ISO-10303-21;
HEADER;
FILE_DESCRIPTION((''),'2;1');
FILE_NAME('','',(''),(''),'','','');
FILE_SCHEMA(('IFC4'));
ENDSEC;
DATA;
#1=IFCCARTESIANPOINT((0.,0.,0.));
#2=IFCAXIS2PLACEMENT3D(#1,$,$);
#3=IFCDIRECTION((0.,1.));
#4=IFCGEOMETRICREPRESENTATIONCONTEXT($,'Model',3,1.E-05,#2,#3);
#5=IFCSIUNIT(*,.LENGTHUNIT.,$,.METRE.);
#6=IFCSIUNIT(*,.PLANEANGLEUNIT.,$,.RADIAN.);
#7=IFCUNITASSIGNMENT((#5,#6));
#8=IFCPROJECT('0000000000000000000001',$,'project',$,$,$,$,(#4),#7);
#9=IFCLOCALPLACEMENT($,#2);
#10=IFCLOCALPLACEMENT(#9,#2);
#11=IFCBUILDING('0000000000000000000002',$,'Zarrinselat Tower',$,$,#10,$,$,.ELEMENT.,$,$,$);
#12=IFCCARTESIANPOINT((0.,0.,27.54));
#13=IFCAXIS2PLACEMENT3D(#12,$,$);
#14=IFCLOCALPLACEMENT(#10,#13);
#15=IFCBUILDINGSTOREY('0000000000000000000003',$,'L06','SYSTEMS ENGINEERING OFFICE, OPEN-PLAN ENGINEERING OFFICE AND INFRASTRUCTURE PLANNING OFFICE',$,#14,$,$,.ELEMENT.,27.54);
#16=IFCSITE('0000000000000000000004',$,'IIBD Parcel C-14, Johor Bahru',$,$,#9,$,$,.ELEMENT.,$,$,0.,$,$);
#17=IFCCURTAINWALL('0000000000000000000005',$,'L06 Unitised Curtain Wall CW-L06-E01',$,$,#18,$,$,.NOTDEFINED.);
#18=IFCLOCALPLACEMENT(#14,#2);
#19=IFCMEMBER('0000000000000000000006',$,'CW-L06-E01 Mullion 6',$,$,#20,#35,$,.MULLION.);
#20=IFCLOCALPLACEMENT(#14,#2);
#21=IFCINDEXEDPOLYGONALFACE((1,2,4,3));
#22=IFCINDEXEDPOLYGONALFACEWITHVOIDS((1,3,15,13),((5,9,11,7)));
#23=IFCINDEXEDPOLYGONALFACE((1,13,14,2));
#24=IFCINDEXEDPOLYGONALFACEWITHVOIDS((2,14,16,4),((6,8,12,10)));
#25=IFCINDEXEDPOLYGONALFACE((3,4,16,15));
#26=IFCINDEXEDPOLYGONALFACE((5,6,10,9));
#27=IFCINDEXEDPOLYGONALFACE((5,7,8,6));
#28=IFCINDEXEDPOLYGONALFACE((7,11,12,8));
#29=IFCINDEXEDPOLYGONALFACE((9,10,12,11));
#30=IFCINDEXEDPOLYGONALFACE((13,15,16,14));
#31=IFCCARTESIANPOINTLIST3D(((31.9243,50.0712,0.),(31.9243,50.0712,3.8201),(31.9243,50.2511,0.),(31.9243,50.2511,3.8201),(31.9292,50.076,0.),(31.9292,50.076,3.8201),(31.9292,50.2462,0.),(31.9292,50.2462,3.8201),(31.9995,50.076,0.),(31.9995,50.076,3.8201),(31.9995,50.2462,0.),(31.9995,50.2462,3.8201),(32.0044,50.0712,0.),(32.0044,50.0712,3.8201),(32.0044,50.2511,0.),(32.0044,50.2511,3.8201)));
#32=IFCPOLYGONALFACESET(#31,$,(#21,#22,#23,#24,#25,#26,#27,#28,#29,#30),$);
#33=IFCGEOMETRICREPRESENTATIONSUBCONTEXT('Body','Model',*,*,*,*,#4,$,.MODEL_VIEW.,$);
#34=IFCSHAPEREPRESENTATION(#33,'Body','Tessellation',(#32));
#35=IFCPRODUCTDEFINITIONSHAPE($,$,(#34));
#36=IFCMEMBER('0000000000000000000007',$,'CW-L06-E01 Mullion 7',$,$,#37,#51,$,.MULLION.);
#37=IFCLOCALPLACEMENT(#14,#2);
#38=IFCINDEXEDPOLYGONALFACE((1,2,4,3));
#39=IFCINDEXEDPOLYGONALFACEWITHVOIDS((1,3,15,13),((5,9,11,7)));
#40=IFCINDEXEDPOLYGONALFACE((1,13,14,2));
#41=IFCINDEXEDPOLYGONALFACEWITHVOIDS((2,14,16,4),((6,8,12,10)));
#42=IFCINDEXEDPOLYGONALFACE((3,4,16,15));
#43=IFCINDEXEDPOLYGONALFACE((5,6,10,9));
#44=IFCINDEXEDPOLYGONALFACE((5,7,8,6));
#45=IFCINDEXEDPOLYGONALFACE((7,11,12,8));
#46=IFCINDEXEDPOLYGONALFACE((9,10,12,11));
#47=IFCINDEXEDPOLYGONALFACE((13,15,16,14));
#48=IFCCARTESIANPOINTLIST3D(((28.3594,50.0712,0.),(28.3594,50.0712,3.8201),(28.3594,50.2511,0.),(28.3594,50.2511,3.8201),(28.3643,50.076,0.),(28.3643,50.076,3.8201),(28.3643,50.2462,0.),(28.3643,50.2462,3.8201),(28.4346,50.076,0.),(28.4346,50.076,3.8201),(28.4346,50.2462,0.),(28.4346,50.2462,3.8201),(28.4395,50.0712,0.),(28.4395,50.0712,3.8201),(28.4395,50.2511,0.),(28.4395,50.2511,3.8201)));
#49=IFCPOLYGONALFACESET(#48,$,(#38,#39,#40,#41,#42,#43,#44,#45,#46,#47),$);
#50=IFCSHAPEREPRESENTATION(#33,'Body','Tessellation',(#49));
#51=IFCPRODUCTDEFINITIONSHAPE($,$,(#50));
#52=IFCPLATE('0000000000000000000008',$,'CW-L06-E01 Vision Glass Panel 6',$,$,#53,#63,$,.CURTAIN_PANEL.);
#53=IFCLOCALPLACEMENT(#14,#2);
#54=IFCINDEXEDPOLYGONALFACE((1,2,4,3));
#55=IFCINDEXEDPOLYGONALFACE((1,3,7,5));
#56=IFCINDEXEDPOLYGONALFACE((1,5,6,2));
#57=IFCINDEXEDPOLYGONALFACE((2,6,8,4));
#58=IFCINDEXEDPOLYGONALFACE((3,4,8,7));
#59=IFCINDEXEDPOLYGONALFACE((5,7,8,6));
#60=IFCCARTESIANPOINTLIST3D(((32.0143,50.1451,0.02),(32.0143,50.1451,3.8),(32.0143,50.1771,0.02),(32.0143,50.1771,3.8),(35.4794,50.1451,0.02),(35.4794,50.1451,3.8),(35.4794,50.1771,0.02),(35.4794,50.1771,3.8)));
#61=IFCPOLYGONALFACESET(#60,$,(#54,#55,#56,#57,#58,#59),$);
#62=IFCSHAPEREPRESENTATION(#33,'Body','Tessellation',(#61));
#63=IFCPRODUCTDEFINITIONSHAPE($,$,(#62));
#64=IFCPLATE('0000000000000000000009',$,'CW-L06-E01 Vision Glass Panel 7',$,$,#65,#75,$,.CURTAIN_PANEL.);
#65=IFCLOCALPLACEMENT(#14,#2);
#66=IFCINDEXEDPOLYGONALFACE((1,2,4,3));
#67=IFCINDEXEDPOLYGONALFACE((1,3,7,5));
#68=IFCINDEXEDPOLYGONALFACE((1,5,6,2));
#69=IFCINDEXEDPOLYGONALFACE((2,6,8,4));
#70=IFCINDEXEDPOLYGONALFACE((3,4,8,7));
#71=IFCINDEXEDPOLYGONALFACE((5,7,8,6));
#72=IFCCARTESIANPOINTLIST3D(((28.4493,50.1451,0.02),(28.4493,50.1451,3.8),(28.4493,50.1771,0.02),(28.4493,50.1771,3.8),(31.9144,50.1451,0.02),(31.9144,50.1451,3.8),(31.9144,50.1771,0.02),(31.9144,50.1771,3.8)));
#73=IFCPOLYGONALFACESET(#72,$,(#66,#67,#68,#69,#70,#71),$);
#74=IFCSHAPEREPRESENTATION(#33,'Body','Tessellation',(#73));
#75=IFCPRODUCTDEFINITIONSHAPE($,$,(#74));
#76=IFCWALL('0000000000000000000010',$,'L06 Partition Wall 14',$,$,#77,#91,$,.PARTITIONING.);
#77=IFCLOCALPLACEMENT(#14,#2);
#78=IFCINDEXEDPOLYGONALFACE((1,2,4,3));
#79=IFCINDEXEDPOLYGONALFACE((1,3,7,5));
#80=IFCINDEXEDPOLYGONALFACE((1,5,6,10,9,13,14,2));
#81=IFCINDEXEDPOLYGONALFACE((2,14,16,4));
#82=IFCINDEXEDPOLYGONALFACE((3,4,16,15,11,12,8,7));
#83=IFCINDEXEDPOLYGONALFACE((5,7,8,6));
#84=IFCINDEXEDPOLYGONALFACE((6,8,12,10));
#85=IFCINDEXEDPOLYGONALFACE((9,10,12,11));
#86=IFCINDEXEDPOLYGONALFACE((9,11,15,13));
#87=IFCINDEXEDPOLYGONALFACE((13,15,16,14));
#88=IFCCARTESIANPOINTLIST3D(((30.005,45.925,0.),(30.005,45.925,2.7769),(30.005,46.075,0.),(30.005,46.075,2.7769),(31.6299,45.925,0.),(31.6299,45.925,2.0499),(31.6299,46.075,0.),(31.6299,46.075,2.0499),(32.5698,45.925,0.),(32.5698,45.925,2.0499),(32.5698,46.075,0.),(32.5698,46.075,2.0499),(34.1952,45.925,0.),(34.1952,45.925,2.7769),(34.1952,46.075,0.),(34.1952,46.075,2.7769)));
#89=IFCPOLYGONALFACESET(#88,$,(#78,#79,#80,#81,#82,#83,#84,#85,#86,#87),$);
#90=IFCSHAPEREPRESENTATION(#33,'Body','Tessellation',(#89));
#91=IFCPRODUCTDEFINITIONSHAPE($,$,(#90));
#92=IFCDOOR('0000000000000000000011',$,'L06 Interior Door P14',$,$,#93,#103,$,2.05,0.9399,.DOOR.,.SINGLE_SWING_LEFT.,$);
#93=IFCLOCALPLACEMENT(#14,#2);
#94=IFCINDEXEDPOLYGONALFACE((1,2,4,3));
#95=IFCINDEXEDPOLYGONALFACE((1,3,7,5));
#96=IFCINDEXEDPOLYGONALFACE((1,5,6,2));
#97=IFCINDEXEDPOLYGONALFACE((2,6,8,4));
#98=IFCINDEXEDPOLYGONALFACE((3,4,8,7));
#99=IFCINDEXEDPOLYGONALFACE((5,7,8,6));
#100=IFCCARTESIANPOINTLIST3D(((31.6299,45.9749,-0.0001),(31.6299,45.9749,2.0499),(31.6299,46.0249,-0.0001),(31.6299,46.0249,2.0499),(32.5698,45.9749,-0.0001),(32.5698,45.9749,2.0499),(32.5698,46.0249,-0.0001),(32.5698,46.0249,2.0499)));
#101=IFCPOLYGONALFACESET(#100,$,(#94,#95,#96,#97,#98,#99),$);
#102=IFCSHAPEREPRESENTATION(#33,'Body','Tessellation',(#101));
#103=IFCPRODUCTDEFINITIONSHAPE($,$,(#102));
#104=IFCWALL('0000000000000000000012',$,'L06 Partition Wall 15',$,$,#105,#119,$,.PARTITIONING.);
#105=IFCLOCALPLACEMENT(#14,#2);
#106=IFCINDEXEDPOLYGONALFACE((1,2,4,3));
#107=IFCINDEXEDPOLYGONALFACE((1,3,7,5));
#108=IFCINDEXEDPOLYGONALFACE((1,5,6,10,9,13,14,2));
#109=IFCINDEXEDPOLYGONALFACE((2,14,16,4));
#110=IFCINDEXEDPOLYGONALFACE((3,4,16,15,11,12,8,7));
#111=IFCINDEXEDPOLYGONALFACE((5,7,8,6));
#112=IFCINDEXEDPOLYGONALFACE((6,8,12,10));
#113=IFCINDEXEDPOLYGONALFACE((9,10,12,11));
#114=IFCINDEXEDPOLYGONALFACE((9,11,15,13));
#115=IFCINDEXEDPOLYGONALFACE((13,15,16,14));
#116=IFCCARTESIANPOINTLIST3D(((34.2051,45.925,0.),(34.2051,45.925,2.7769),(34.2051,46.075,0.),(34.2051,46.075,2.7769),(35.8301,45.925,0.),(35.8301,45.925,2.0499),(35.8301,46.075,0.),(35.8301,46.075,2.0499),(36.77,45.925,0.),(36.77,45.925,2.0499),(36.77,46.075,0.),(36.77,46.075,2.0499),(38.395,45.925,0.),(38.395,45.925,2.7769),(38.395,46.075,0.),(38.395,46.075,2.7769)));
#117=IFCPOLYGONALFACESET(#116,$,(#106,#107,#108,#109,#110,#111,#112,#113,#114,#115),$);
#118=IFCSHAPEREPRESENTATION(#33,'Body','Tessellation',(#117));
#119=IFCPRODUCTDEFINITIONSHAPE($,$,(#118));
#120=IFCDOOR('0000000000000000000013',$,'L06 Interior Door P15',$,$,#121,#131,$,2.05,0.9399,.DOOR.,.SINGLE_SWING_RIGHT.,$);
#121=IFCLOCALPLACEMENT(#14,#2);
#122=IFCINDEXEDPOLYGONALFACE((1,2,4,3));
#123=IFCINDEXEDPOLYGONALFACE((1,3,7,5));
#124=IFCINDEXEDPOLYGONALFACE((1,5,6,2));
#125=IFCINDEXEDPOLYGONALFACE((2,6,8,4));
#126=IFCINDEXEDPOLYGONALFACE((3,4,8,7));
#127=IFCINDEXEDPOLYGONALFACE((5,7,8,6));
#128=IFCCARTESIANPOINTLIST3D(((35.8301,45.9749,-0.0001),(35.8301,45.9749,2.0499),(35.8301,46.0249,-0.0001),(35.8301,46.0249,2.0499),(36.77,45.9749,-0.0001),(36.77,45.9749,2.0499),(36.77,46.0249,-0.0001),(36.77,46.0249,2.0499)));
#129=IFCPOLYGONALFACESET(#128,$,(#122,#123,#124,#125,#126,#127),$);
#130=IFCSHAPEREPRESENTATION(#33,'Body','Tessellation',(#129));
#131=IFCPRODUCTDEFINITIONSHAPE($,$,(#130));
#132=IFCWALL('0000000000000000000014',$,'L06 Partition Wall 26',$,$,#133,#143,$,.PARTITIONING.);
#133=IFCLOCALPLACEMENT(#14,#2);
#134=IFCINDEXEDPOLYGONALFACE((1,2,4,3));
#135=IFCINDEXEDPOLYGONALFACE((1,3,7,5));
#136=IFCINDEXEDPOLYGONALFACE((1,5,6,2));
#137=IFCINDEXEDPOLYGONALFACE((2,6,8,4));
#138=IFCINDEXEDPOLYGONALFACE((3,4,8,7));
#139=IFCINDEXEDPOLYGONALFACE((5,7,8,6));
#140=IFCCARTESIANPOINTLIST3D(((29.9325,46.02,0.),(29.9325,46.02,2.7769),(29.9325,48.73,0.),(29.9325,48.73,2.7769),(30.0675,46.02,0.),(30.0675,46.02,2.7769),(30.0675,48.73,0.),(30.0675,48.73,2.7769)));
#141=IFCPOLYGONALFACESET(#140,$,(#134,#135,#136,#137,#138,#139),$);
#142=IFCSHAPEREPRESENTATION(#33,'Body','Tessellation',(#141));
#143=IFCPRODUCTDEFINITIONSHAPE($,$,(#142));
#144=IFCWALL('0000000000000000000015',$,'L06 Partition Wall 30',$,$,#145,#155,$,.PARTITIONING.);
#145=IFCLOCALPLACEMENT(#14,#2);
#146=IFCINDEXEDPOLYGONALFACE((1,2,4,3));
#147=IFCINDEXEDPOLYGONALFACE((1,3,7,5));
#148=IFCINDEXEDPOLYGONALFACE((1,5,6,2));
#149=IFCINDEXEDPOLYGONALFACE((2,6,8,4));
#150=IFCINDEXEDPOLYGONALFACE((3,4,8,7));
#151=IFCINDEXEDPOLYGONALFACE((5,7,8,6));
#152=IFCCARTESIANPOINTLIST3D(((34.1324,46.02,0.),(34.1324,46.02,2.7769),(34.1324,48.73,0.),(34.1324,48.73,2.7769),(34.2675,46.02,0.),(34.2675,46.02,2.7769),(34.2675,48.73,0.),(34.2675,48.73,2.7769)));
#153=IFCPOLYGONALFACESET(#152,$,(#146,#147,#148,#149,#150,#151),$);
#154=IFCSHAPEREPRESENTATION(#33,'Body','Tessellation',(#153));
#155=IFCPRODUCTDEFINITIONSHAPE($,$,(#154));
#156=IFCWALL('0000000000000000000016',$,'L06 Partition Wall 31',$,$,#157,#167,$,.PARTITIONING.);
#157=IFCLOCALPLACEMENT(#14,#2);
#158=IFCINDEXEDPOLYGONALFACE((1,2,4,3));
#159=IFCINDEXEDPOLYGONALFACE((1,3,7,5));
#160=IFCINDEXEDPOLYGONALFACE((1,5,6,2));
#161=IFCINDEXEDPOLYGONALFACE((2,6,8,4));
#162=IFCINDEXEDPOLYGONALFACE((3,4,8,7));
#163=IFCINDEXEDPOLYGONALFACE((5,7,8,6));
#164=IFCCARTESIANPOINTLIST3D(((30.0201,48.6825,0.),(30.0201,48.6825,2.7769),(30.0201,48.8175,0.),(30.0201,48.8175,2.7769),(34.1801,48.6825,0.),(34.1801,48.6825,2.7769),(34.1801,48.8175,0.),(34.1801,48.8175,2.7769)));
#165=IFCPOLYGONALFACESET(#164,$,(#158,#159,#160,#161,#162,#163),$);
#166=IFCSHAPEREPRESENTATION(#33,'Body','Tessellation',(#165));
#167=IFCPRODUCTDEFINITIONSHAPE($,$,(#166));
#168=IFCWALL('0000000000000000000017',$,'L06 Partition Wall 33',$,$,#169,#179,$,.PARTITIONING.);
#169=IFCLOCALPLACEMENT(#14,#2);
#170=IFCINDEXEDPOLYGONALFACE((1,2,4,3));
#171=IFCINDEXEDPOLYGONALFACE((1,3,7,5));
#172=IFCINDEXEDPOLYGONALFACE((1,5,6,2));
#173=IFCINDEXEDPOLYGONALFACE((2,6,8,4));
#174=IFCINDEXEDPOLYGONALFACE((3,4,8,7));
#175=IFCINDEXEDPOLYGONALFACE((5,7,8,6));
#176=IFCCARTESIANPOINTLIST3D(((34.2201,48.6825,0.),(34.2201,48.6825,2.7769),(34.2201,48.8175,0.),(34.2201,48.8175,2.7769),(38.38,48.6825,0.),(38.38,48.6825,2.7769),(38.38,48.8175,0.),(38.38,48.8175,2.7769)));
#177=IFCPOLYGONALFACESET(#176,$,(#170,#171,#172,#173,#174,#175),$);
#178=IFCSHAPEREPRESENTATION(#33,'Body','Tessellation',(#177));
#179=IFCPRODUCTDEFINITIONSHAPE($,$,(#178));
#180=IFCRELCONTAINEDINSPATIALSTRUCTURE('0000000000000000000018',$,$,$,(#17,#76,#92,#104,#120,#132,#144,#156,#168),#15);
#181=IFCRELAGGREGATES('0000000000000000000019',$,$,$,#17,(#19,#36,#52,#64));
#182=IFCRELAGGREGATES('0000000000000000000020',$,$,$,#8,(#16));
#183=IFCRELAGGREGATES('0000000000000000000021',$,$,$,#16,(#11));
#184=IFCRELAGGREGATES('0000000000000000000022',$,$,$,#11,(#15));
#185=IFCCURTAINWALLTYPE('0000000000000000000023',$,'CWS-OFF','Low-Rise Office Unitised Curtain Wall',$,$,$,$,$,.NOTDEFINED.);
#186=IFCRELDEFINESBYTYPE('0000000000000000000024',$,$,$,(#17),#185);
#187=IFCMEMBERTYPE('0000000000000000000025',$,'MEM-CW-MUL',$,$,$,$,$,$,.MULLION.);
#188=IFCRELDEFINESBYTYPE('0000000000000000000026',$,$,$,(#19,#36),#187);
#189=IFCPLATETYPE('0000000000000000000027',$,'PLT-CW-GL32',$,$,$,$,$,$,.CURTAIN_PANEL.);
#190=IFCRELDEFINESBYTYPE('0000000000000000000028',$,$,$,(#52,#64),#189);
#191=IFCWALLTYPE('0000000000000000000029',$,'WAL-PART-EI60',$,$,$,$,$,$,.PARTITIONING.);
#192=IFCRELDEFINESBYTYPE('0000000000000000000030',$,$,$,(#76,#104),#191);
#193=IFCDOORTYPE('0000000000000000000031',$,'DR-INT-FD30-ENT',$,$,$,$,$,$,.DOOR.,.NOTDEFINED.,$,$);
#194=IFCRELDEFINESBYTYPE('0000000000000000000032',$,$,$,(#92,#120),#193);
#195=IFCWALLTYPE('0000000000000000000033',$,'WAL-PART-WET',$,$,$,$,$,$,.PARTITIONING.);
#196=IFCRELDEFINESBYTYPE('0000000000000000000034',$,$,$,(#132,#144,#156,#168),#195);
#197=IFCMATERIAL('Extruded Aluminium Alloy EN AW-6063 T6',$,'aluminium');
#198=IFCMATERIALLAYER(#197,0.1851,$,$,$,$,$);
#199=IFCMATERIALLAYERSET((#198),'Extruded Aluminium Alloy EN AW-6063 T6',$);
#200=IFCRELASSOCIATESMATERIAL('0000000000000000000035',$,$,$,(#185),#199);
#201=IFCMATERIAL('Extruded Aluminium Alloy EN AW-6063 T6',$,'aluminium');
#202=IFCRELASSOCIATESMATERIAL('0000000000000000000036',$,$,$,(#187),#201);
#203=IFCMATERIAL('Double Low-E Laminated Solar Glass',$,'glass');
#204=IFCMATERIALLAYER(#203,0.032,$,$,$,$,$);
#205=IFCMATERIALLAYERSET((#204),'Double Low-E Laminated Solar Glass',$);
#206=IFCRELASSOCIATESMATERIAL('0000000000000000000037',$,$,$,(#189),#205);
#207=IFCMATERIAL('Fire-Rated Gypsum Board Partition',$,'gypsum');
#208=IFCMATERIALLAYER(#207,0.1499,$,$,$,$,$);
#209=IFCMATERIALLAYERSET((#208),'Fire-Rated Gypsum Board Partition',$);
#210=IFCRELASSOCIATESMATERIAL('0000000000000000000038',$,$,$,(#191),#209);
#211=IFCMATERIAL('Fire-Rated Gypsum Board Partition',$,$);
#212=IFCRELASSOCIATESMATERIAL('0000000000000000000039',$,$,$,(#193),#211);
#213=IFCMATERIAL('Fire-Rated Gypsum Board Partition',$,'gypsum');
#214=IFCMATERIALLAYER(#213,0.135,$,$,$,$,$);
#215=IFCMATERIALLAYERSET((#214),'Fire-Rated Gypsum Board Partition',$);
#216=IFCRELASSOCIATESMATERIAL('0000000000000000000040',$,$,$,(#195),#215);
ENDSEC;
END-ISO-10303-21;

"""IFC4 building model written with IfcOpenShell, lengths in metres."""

from ifc_helpers import new_model, si_unit, direction, frame, frame_2d, origin, origin_2d, place, context, subcontext, project, spatial, rectangle, hollow_rectangle, extrude, material, layer, layer_set, material_profile, profile_set, type_object, element, fill, aggregate, save


model = new_model("IFC4")

# Units and contexts
model_context = context("Model", 3, precision=1e-05, world=origin(), true_north=direction((0.0, 1.0)))
body_context = subcontext(model_context, "Body", "Model", "MODEL_VIEW")
ifc_project = project(units=[si_unit("LENGTHUNIT", "METRE"), si_unit("PLANEANGLEUNIT", "RADIAN")], contexts=[model_context])

# Site, building, storey
site_placement = place(None, origin())
site = spatial("IfcSite", under=ifc_project, at=site_placement, Name="IIBD Parcel C-14, Johor Bahru", CompositionType="ELEMENT", RefElevation=0.0)
building_placement = place(site_placement, origin())
building = spatial("IfcBuilding", under=site, at=building_placement, Name="Zarrinselat Tower", CompositionType="ELEMENT")
storey_placement = place(building_placement, frame((0.0, 0.0, 27.54)))
storey = spatial("IfcBuildingStorey", under=building, at=storey_placement, Name="L06", Description="SYSTEMS ENGINEERING OFFICE, OPEN-PLAN ENGINEERING OFFICE AND INFRASTRUCTURE PLANNING OFFICE", CompositionType="ELEMENT", Elevation=27.54)

# Curtain wall, members, plates
ifc_material_1 = material(Name="Extruded Aluminium Alloy EN AW-6063 T6", Category="aluminium")
ifc_layer_1 = layer(ifc_material_1, 0.1851)
ifc_layer_set_1 = layer_set([ifc_layer_1], Name="Extruded Aluminium Alloy EN AW-6063 T6")
curtain_wall_type = type_object("IfcCurtainWallType", Name="CWS-OFF", Description="Low-Rise Office Unitised Curtain Wall", PredefinedType="NOTDEFINED", material=ifc_layer_set_1)
curtain_wall_placement = place(storey_placement, origin())
curtain_wall = element("IfcCurtainWall", 1, at=curtain_wall_placement, inside=storey, type_object=curtain_wall_type, Name="L06 Unitised Curtain Wall CW-L06-E01", PredefinedType="NOTDEFINED")
ifc_material_2 = material(Name="Extruded Aluminium Alloy EN AW-6063 T6", Category="aluminium")
ifc_material_profile_1 = material_profile(ifc_material_2, hollow_rectangle(XDim=0.0801, YDim=0.1799, WallThickness=0.0049, at=origin_2d()), Name="RHS 180x80x5")
ifc_profile_set_1 = profile_set([ifc_material_profile_1], Name="Extruded Aluminium Alloy EN AW-6063 T6")
member_type = type_object("IfcMemberType", Name="MEM-CW-MUL", PredefinedType="MULLION", material=ifc_profile_set_1)
member_1_placement = place(storey_placement, frame((31.9644, 50.1611, 0.0), z_axis=(0.0, 0.0, 1.0), x_axis=(-1.0, 0.0, 0.0)))
member_1 = element("IfcMember", 2, at=member_1_placement, type_object=member_type, Name="CW-L06-E01 Mullion 6", PredefinedType="MULLION", context=body_context, shape_type="SweptSolid", body=[
    extrude(hollow_rectangle(XDim=0.0801, YDim=0.1799, WallThickness=0.0049, at=origin_2d()), origin(), (0.0, 0.0, 1.0), 3.8201),
])
member_2_placement = place(storey_placement, frame((28.3994, 50.1611, 0.0), z_axis=(0.0, 0.0, 1.0), x_axis=(-1.0, 0.0, 0.0)))
member_2 = element("IfcMember", 3, at=member_2_placement, type_object=member_type, Name="CW-L06-E01 Mullion 7", PredefinedType="MULLION", context=body_context, shape_type="SweptSolid", body=[
    extrude(hollow_rectangle(XDim=0.0801, YDim=0.1799, WallThickness=0.0049, at=origin_2d()), origin(), (0.0, 0.0, 1.0), 3.8201),
])
ifc_material_3 = material(Name="Double Low-E Laminated Solar Glass", Category="glass")
ifc_layer_2 = layer(ifc_material_3, 0.032)
ifc_layer_set_2 = layer_set([ifc_layer_2], Name="Double Low-E Laminated Solar Glass")
plate_type = type_object("IfcPlateType", Name="PLT-CW-GL32", PredefinedType="CURTAIN_PANEL", material=ifc_layer_set_2)
plate_1_placement = place(storey_placement, frame((33.7468, 50.1611, 0.02), z_axis=(0.0, 0.0, 1.0), x_axis=(-1.0, 0.0, 0.0)))
plate_1 = element("IfcPlate", 4, at=plate_1_placement, type_object=plate_type, Name="CW-L06-E01 Vision Glass Panel 6", PredefinedType="CURTAIN_PANEL", context=body_context, shape_type="SweptSolid", body=[
    extrude(rectangle(XDim=3.4651, YDim=0.032, at=origin_2d()), origin(), (0.0, 0.0, 1.0), 3.78),
])
plate_2_placement = place(storey_placement, frame((30.1819, 50.1611, 0.02), z_axis=(0.0, 0.0, 1.0), x_axis=(-1.0, 0.0, 0.0)))
plate_2 = element("IfcPlate", 5, at=plate_2_placement, type_object=plate_type, Name="CW-L06-E01 Vision Glass Panel 7", PredefinedType="CURTAIN_PANEL", context=body_context, shape_type="SweptSolid", body=[
    extrude(rectangle(XDim=3.4651, YDim=0.032, at=origin_2d()), origin(), (0.0, 0.0, 1.0), 3.78),
])
aggregate(curtain_wall, [member_1, member_2, plate_1, plate_2])

# Walls, openings, doors
ifc_material_4 = material(Name="Fire-Rated Gypsum Board Partition", Category="gypsum")
ifc_layer_3 = layer(ifc_material_4, 0.1499)
ifc_layer_set_3 = layer_set([ifc_layer_3], Name="Fire-Rated Gypsum Board Partition")
wall_type_1 = type_object("IfcWallType", Name="WAL-PART-EI60", PredefinedType="PARTITIONING", material=ifc_layer_set_3)
wall_1_placement = place(storey_placement, frame((30.0049, 46.0, 0.0), z_axis=(0.0, 0.0, 1.0), x_axis=(1.0, 0.0, 0.0)))
wall_1 = element("IfcWall", 6, at=wall_1_placement, inside=storey, type_object=wall_type_1, Name="L06 Partition Wall 14", PredefinedType="PARTITIONING", context=body_context, shape_type="SweptSolid", body=[
    extrude(rectangle(XDim=4.1902, YDim=0.1499, at=frame_2d((2.0952, 0.0))), origin(), (0.0, 0.0, 1.0), 2.7769),
])
opening_1_placement = place(wall_1_placement, frame((1.625, 0.0, 0.0)))
opening_1 = element("IfcOpeningElement", 7, at=opening_1_placement, cuts=wall_1, PredefinedType="OPENING", context=body_context, shape_type="SweptSolid", body=[
    extrude(rectangle(XDim=0.9399, YDim=2.05, at=frame_2d((0.47, 1.0249))), frame((0.0, 0.085, 0.0), z_axis=(0.0, -1.0, 0.0), x_axis=(1.0, 0.0, 0.0)), (0.0, 0.0, 1.0), 0.1699),
])
ifc_material_5 = material(Name="Fire-Rated Gypsum Board Partition")
door_type = type_object("IfcDoorType", Name="DR-INT-FD30-ENT", OperationType="NOTDEFINED", PredefinedType="DOOR", material=ifc_material_5)
door_1_placement = place(opening_1_placement, origin())
door_1 = element("IfcDoor", 8, at=door_1_placement, inside=storey, type_object=door_type, Name="L06 Interior Door P14", OperationType="SINGLE_SWING_LEFT", OverallHeight=2.05, OverallWidth=0.9399, PredefinedType="DOOR", context=body_context, shape_type="SweptSolid", body=[
    extrude(rectangle(XDim=0.9399, YDim=2.05, at=frame_2d((0.47, 1.0249))), frame((0.0, 0.0249, 0.0), z_axis=(0.0, -1.0, 0.0), x_axis=(1.0, 0.0, 0.0)), (0.0, 0.0, 1.0), 0.05),
])
fill(opening_1, door_1)
wall_2_placement = place(storey_placement, frame((34.2051, 46.0, 0.0), z_axis=(0.0, 0.0, 1.0), x_axis=(1.0, 0.0, 0.0)))
wall_2 = element("IfcWall", 9, at=wall_2_placement, inside=storey, type_object=wall_type_1, Name="L06 Partition Wall 15", PredefinedType="PARTITIONING", context=body_context, shape_type="SweptSolid", body=[
    extrude(rectangle(XDim=4.1899, YDim=0.1499, at=frame_2d((2.095, 0.0))), origin(), (0.0, 0.0, 1.0), 2.7769),
])
opening_2_placement = place(wall_2_placement, frame((1.625, 0.0, 0.0)))
opening_2 = element("IfcOpeningElement", 10, at=opening_2_placement, cuts=wall_2, PredefinedType="OPENING", context=body_context, shape_type="SweptSolid", body=[
    extrude(rectangle(XDim=0.9399, YDim=2.05, at=frame_2d((0.47, 1.0249))), frame((0.0, 0.085, 0.0), z_axis=(0.0, -1.0, 0.0), x_axis=(1.0, 0.0, 0.0)), (0.0, 0.0, 1.0), 0.1699),
])
door_2_placement = place(opening_2_placement, origin())
door_2 = element("IfcDoor", 11, at=door_2_placement, inside=storey, type_object=door_type, Name="L06 Interior Door P15", OperationType="SINGLE_SWING_RIGHT", OverallHeight=2.05, OverallWidth=0.9399, PredefinedType="DOOR", context=body_context, shape_type="SweptSolid", body=[
    extrude(rectangle(XDim=0.9399, YDim=2.05, at=frame_2d((0.47, 1.0249))), frame((0.0, 0.0249, 0.0), z_axis=(0.0, -1.0, 0.0), x_axis=(1.0, 0.0, 0.0)), (0.0, 0.0, 1.0), 0.05),
])
fill(opening_2, door_2)

# Walls
ifc_material_6 = material(Name="Fire-Rated Gypsum Board Partition", Category="gypsum")
ifc_layer_4 = layer(ifc_material_6, 0.135)
ifc_layer_set_4 = layer_set([ifc_layer_4], Name="Fire-Rated Gypsum Board Partition")
wall_type_2 = type_object("IfcWallType", Name="WAL-PART-WET", PredefinedType="PARTITIONING", material=ifc_layer_set_4)
for number, where, z_axis, x_axis, name in (
    (12, (30.0, 46.02, 0.0), (0.0, 0.0, 1.0), (0.0, 1.0, 0.0), "L06 Partition Wall 26"),
    (13, (34.2, 46.02, 0.0), (0.0, 0.0, 1.0), (0.0, 1.0, 0.0), "L06 Partition Wall 30"),
):
    element("IfcWall", number, at=place(storey_placement, frame(where, z_axis=z_axis, x_axis=x_axis)), inside=storey, type_object=wall_type_2, Name=name, PredefinedType="PARTITIONING", context=body_context, shape_type="SweptSolid", body=[
        extrude(rectangle(XDim=2.71, YDim=0.135, at=frame_2d((1.355, 0.0))), origin(), (0.0, 0.0, 1.0), 2.7769),
    ])
for number, where, z_axis, x_axis, name in (
    (14, (30.02, 48.75, 0.0), (0.0, 0.0, 1.0), (1.0, 0.0, 0.0), "L06 Partition Wall 31"),
    (15, (34.22, 48.75, 0.0), (0.0, 0.0, 1.0), (1.0, 0.0, 0.0), "L06 Partition Wall 33"),
):
    element("IfcWall", number, at=place(storey_placement, frame(where, z_axis=z_axis, x_axis=x_axis)), inside=storey, type_object=wall_type_2, Name=name, PredefinedType="PARTITIONING", context=body_context, shape_type="SweptSolid", body=[
        extrude(rectangle(XDim=4.1599, YDim=0.135, at=frame_2d((2.0801, 0.0))), origin(), (0.0, 0.0, 1.0), 2.7769),
    ])

save(model, "model.ifc")
